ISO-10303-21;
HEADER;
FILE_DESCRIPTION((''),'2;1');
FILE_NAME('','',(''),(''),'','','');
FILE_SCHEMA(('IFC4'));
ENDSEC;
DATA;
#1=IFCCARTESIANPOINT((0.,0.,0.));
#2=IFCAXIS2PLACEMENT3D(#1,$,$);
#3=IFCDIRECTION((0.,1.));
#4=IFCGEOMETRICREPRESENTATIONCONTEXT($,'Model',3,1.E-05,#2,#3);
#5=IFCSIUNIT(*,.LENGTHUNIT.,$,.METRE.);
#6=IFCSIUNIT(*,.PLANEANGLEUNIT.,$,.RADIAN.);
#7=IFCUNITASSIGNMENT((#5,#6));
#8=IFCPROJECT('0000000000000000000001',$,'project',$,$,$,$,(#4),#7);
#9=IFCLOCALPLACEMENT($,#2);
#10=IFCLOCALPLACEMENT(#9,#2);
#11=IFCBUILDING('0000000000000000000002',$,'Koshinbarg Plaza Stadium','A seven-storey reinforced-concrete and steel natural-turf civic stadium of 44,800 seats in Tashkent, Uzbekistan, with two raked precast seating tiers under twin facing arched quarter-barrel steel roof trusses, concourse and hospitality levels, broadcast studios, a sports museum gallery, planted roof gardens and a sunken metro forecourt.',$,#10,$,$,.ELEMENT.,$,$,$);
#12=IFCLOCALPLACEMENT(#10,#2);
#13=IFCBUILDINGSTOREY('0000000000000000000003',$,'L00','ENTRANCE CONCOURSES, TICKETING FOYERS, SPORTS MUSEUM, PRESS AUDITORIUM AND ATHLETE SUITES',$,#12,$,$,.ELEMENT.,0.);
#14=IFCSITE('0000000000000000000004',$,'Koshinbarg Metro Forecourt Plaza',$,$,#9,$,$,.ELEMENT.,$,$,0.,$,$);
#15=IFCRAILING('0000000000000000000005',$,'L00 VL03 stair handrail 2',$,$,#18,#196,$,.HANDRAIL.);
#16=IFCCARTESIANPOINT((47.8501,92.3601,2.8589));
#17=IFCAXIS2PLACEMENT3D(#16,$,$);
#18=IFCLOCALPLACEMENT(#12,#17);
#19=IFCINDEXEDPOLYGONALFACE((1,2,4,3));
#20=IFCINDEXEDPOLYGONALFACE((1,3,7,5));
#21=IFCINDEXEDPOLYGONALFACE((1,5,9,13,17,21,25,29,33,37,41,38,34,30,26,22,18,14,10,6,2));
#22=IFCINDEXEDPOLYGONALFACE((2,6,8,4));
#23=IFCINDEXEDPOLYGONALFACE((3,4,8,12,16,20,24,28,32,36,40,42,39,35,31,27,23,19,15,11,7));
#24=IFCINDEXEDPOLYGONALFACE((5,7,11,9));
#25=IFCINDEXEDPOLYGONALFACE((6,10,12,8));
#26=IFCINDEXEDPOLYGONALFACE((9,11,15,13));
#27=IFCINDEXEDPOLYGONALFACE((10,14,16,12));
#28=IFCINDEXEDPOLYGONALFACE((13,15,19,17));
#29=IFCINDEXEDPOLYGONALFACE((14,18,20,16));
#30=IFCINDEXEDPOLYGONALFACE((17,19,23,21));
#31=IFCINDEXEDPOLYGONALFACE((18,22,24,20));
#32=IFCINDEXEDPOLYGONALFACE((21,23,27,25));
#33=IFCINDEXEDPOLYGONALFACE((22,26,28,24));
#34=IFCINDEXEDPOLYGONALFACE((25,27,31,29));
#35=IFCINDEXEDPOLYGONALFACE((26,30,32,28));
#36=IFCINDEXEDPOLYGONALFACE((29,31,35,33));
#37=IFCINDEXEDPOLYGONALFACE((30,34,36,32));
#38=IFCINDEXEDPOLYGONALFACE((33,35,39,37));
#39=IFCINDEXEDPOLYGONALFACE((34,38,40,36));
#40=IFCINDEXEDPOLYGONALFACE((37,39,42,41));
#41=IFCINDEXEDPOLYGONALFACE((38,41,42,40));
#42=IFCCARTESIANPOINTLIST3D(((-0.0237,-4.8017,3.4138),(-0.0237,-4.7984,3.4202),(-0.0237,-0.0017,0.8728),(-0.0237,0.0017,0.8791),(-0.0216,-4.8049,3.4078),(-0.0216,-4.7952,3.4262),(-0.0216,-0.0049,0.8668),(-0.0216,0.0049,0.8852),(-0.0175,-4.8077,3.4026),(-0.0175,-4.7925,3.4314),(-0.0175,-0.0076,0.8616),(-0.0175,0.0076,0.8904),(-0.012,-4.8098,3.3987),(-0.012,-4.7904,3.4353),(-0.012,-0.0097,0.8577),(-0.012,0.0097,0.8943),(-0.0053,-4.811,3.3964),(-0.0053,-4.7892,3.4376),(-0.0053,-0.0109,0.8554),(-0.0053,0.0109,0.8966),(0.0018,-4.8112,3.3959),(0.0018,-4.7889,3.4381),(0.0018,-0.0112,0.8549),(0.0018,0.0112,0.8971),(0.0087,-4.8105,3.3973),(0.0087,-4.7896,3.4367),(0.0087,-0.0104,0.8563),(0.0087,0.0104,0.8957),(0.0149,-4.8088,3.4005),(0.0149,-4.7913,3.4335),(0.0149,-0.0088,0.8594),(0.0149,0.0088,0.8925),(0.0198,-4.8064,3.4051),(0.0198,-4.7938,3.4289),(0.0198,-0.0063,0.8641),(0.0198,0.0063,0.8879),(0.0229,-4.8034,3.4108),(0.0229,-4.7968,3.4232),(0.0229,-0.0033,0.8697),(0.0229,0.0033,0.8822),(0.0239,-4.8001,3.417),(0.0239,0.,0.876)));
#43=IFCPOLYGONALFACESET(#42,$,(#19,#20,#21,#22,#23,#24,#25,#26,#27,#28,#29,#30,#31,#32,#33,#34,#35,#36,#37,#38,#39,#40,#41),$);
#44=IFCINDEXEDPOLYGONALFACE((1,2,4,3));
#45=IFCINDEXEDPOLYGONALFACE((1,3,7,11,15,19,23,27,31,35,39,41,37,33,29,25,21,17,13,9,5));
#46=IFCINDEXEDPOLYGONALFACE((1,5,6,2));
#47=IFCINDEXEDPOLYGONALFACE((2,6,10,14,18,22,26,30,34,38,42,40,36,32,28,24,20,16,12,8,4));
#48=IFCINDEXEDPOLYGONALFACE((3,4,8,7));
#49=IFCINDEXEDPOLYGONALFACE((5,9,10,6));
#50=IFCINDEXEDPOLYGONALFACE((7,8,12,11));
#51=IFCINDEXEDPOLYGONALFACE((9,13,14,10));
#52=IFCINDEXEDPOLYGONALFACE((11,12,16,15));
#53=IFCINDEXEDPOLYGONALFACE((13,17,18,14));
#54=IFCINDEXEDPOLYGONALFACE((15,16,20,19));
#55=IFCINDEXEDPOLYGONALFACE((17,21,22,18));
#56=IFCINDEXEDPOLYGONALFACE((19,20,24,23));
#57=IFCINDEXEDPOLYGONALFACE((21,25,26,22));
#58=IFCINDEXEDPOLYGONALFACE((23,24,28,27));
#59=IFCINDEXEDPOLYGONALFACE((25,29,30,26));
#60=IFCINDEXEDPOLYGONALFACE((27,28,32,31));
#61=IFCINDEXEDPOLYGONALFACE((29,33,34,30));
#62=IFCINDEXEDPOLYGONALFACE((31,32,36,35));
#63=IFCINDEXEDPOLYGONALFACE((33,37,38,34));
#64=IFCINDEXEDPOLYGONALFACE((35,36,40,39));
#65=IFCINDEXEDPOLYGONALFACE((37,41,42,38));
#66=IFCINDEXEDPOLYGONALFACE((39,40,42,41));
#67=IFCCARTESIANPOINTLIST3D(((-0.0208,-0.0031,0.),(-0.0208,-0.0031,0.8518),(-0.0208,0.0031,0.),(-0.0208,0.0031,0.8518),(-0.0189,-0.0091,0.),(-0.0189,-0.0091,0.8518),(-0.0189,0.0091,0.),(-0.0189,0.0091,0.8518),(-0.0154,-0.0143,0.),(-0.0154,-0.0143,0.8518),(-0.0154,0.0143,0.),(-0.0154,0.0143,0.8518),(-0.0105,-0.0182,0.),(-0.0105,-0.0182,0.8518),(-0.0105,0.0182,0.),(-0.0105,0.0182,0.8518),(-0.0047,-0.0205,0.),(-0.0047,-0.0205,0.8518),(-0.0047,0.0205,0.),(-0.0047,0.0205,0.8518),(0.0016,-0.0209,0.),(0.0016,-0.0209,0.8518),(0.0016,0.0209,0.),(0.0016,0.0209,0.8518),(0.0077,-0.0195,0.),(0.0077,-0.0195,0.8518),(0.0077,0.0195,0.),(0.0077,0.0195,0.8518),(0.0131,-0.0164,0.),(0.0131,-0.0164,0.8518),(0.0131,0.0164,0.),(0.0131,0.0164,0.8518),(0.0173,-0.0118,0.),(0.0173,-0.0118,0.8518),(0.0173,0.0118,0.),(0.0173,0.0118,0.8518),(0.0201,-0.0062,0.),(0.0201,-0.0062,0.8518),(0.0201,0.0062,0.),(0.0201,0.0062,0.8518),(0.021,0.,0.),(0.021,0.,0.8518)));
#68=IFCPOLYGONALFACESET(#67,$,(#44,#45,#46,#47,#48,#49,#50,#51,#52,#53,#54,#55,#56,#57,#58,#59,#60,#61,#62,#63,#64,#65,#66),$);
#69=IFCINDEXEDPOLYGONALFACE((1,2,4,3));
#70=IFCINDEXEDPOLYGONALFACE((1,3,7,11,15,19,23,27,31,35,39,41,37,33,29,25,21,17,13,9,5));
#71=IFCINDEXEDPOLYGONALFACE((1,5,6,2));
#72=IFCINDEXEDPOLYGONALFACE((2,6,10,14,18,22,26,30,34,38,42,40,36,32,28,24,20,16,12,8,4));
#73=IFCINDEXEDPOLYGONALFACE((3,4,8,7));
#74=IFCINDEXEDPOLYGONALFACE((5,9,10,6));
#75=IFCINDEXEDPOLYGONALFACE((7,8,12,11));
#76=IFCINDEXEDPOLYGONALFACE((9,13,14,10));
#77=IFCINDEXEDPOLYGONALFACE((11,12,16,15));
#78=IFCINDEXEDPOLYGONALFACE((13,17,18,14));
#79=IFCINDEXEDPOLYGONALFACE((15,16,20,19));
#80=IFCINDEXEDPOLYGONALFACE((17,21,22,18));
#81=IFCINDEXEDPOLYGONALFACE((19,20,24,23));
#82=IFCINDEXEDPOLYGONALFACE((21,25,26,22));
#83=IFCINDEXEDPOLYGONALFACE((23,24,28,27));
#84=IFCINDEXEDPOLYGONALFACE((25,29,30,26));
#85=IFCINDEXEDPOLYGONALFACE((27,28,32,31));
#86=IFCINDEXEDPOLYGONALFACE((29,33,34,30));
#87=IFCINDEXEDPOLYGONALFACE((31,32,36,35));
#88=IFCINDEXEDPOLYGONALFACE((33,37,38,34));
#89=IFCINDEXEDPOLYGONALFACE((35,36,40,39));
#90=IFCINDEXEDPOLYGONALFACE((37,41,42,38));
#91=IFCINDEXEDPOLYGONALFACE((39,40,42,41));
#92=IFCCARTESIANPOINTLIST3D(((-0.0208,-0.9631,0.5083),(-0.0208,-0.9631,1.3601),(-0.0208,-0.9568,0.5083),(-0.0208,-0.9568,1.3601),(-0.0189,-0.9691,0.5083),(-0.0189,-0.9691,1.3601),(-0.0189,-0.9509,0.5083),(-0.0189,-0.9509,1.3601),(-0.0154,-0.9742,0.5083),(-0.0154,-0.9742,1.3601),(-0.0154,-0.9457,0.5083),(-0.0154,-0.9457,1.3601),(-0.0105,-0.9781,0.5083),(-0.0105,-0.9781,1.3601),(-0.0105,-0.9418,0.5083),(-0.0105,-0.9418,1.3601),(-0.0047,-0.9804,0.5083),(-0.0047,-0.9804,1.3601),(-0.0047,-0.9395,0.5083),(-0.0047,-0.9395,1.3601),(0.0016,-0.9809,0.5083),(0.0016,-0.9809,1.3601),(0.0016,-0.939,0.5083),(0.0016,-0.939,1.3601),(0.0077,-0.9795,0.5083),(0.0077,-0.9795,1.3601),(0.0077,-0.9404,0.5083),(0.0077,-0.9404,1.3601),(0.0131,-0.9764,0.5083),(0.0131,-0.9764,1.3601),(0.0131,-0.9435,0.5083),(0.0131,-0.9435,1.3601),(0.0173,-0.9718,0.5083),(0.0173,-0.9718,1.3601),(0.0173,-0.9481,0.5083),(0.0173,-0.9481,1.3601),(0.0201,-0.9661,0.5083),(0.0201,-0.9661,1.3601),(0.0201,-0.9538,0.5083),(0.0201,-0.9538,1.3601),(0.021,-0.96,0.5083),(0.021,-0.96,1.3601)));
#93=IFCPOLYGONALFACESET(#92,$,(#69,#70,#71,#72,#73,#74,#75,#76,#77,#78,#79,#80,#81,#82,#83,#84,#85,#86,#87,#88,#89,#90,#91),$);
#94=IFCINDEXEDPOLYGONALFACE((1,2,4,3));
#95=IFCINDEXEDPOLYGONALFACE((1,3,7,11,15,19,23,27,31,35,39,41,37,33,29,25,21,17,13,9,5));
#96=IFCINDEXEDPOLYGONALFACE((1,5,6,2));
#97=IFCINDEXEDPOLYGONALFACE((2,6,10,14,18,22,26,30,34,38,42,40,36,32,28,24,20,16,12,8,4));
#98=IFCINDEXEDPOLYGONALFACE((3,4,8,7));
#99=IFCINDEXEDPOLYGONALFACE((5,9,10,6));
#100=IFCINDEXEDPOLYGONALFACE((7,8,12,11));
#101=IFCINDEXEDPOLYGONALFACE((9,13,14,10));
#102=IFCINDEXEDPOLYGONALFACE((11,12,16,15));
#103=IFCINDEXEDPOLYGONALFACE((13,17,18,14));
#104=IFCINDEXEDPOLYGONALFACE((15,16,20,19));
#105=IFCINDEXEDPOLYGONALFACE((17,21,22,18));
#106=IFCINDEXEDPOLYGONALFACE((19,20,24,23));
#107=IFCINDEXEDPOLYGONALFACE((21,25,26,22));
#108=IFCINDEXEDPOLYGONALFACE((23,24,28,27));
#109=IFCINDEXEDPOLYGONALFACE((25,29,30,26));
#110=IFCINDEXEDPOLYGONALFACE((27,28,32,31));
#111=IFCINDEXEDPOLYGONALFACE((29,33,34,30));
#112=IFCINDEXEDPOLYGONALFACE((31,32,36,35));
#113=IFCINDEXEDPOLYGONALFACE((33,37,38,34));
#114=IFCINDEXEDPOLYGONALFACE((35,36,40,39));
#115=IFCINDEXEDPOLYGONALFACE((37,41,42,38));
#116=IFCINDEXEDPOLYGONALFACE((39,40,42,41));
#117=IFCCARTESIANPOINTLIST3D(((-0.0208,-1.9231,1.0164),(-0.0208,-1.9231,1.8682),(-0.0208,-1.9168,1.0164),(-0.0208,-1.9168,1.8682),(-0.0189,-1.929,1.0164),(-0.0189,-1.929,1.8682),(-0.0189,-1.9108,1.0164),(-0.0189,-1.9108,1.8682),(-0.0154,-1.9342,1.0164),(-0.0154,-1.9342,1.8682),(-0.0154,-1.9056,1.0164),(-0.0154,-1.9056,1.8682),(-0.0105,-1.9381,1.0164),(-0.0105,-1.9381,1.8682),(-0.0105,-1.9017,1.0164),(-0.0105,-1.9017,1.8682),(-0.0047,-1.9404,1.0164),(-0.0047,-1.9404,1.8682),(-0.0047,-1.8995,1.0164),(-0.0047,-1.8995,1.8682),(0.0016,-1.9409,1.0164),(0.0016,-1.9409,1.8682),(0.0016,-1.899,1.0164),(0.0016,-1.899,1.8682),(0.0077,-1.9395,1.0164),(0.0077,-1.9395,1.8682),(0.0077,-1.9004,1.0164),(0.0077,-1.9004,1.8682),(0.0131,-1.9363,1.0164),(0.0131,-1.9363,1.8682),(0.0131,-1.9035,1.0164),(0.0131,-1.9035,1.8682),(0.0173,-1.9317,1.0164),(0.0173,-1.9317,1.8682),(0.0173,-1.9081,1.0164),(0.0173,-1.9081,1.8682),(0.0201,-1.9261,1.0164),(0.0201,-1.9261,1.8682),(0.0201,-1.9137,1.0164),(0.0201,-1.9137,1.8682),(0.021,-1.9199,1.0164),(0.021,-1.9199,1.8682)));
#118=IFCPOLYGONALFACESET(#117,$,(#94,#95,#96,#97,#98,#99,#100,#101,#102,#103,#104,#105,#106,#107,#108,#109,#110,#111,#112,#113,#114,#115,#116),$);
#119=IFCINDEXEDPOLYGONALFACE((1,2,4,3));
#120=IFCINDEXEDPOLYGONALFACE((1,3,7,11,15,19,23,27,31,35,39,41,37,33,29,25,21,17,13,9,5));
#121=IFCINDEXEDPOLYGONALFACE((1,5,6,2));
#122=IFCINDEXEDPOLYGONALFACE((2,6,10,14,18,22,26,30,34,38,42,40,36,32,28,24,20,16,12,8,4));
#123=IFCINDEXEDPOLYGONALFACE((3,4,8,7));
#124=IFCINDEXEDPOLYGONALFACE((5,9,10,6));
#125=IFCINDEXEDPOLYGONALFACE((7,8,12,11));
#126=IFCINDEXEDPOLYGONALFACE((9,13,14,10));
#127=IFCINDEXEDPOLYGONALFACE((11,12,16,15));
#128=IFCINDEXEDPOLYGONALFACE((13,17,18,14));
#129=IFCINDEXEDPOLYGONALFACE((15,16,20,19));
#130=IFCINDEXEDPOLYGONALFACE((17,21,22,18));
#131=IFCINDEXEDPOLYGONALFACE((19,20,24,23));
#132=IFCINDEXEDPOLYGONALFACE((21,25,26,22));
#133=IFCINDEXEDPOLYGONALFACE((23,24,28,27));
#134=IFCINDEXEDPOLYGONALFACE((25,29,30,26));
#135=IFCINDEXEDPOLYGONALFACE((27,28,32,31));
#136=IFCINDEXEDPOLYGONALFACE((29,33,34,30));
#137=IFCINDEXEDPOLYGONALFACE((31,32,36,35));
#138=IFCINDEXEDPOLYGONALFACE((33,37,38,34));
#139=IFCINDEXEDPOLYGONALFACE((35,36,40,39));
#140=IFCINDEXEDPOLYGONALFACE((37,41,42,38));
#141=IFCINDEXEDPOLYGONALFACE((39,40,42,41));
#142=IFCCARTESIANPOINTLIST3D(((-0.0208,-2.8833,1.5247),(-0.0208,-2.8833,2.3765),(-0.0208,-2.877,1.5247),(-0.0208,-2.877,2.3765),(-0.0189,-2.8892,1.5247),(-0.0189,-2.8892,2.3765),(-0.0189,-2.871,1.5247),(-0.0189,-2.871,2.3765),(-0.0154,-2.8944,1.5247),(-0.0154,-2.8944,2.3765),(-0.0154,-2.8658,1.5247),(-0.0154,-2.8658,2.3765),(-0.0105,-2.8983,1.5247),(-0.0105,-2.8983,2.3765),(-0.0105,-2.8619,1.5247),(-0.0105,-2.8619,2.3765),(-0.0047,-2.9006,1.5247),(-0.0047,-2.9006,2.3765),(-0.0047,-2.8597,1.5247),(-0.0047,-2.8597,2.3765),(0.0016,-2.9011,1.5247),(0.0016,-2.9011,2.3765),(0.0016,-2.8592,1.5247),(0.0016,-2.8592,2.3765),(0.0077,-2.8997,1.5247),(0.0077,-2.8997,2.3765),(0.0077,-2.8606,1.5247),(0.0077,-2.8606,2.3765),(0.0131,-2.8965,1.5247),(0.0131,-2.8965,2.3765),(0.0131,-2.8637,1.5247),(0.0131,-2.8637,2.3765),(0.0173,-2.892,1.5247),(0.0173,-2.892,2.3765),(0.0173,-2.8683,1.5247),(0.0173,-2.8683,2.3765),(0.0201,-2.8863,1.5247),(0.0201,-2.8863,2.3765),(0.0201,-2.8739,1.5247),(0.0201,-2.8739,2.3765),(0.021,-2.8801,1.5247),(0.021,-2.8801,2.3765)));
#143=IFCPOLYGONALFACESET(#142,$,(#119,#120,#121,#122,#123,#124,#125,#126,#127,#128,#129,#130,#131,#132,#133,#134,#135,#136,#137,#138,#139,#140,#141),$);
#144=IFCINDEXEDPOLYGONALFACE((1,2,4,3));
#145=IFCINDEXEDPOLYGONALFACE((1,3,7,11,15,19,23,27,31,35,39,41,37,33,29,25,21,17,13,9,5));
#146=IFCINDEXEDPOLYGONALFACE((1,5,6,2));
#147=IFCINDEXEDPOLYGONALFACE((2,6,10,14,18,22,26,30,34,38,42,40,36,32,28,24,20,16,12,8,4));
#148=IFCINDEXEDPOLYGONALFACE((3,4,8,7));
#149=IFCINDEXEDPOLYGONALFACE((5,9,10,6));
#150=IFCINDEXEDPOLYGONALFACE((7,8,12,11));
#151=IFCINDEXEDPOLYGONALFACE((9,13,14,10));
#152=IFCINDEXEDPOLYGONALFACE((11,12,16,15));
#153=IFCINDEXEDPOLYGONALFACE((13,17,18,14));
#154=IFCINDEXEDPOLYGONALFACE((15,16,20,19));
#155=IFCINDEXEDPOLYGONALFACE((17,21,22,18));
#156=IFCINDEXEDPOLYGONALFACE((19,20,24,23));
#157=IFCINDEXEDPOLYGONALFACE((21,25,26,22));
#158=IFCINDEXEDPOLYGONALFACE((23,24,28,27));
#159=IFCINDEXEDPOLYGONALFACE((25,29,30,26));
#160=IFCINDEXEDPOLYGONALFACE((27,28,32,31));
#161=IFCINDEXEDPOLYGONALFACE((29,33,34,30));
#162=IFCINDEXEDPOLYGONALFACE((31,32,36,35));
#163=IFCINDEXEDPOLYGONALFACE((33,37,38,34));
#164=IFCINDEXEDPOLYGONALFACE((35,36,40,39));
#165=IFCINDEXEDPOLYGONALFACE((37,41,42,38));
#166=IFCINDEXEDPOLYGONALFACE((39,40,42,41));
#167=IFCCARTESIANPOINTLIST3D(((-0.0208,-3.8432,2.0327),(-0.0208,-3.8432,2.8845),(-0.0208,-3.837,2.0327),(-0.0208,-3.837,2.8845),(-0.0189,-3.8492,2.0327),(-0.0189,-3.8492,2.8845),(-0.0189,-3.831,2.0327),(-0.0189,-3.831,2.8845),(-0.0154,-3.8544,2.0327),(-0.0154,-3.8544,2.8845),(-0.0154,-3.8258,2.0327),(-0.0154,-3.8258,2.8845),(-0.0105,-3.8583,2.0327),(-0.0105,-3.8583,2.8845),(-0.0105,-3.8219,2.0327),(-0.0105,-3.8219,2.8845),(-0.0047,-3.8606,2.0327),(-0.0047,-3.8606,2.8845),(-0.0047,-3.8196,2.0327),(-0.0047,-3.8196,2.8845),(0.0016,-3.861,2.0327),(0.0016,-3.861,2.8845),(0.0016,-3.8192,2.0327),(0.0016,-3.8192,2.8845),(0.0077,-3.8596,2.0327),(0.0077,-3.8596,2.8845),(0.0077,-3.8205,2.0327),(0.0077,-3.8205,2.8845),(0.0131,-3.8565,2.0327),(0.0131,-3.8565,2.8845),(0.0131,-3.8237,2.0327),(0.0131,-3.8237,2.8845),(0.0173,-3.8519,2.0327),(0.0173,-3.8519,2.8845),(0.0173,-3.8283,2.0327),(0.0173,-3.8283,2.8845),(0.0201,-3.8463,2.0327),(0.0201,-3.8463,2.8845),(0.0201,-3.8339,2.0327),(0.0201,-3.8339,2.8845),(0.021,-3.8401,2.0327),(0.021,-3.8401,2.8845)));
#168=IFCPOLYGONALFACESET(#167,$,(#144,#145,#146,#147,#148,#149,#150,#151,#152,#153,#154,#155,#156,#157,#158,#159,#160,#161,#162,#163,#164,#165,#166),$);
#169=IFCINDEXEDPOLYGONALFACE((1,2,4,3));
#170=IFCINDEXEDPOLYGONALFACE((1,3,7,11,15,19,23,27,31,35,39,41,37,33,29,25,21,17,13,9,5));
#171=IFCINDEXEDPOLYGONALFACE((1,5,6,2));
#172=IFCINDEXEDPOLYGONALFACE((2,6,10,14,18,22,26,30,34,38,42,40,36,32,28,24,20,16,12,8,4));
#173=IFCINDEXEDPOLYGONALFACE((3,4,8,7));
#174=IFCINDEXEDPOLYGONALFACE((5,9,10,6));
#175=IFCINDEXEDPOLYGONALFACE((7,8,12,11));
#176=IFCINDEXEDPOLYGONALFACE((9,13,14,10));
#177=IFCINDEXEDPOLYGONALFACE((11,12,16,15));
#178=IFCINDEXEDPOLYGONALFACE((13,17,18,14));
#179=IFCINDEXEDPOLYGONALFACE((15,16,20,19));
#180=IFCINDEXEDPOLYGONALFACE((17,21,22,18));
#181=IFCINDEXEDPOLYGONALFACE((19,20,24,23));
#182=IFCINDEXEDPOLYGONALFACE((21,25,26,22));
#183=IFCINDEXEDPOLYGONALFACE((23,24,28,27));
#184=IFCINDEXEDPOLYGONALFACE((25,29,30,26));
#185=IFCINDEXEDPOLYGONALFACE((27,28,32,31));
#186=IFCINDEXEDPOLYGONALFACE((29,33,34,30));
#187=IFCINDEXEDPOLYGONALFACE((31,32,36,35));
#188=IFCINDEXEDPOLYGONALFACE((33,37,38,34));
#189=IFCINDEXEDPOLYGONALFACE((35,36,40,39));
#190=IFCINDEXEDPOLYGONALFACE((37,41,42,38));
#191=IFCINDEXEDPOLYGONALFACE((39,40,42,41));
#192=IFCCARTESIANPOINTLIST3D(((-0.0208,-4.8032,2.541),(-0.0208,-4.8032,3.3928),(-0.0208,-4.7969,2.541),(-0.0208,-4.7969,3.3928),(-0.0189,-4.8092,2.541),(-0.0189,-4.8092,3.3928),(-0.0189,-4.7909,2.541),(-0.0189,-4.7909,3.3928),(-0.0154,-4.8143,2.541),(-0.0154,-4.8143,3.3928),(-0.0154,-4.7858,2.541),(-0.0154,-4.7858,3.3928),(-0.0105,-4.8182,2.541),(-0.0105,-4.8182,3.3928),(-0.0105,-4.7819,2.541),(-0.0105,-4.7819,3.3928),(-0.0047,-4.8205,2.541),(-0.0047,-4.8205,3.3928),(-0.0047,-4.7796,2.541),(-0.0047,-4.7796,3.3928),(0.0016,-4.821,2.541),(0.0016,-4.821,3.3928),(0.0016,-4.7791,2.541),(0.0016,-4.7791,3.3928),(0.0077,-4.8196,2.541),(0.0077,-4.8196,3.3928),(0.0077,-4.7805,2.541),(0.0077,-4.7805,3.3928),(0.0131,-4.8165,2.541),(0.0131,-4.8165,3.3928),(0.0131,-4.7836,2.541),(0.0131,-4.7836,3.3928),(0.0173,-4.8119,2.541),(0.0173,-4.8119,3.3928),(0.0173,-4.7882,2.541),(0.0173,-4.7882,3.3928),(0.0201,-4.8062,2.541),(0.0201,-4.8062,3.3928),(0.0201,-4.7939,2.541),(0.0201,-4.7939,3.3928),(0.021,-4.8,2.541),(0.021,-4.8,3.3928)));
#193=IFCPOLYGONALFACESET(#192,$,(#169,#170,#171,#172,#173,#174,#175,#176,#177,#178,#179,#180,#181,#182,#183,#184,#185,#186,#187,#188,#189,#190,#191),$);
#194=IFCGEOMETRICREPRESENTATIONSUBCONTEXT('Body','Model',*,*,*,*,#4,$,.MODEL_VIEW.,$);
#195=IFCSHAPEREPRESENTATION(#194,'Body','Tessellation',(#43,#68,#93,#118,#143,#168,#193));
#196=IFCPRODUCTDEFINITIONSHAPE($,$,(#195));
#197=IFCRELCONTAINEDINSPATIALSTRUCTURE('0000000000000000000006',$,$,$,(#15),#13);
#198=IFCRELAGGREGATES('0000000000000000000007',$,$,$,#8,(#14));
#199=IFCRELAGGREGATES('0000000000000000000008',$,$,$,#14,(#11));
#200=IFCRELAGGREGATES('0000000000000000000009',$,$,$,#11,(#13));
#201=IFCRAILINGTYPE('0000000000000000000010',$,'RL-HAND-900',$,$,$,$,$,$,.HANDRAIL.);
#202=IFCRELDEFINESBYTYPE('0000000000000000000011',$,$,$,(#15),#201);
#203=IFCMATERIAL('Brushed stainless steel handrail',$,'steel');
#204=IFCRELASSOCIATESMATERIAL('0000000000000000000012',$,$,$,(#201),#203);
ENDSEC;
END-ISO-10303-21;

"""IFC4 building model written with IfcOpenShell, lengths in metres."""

from ifc_helpers import new_model, si_unit, direction, frame, origin, origin_2d, place, context, subcontext, project, spatial, circle, extrude, material, type_object, element, save


model = new_model("IFC4")

# Units and contexts
model_context = context("Model", 3, precision=1e-05, world=origin(), true_north=direction((0.0, 1.0)))
body_context = subcontext(model_context, "Body", "Model", "MODEL_VIEW")
ifc_project = project(units=[si_unit("LENGTHUNIT", "METRE"), si_unit("PLANEANGLEUNIT", "RADIAN")], contexts=[model_context])

# Site, building, storey
site_placement = place(None, origin())
site = spatial("IfcSite", under=ifc_project, at=site_placement, Name="Koshinbarg Metro Forecourt Plaza", CompositionType="ELEMENT", RefElevation=0.0)
building_placement = place(site_placement, origin())
building = spatial("IfcBuilding", under=site, at=building_placement, Name="Koshinbarg Plaza Stadium", Description="A seven-storey reinforced-concrete and steel natural-turf civic stadium of 44,800 seats in Tashkent, Uzbekistan, with two raked precast seating tiers under twin facing arched quarter-barrel steel roof trusses, concourse and hospitality levels, broadcast studios, a sports museum gallery, planted roof gardens and a sunken metro forecourt.", CompositionType="ELEMENT")
storey_placement = place(building_placement, origin())
storey = spatial("IfcBuildingStorey", under=building, at=storey_placement, Name="L00", Description="ENTRANCE CONCOURSES, TICKETING FOYERS, SPORTS MUSEUM, PRESS AUDITORIUM AND ATHLETE SUITES", CompositionType="ELEMENT", Elevation=0.0)

# Railing
ifc_material_1 = material(Name="Brushed stainless steel handrail", Category="steel")
railing_type_1 = type_object("IfcRailingType", Name="RL-HAND-900", PredefinedType="HANDRAIL", material=ifc_material_1)
railing_1_placement = place(storey_placement, frame((47.8501, 92.3601, 2.8589)))
element("IfcRailing", 1, at=railing_1_placement, inside=storey, type_object=railing_type_1, Name="L00 VL03 stair handrail 2", PredefinedType="HANDRAIL", context=body_context, shape_type="SweptSolid", body=[
    extrude(circle(Radius=0.0239, at=origin_2d()), frame((0.0, 0.0, 0.876), z_axis=(0.0, -0.883802, 0.467861), x_axis=(1.0, 0.0, 0.0)), (0.0, 0.0, 1.0), 5.4312),
    extrude(circle(Radius=0.021, at=origin_2d()), origin(), (0.0, 0.0, 1.0), 0.8518),
    extrude(circle(Radius=0.021, at=origin_2d()), frame((0.0, -0.96, 0.5083)), (0.0, 0.0, 1.0), 0.8518),
    extrude(circle(Radius=0.021, at=origin_2d()), frame((0.0, -1.9199, 1.0164)), (0.0, 0.0, 1.0), 0.8518),
    extrude(circle(Radius=0.021, at=origin_2d()), frame((0.0, -2.8801, 1.5247)), (0.0, 0.0, 1.0), 0.8518),
    extrude(circle(Radius=0.021, at=origin_2d()), frame((0.0, -3.8401, 2.0327)), (0.0, 0.0, 1.0), 0.8518),
    extrude(circle(Radius=0.021, at=origin_2d()), frame((0.0, -4.8, 2.541)), (0.0, 0.0, 1.0), 0.8518),
])

save(model, "model.ifc")
